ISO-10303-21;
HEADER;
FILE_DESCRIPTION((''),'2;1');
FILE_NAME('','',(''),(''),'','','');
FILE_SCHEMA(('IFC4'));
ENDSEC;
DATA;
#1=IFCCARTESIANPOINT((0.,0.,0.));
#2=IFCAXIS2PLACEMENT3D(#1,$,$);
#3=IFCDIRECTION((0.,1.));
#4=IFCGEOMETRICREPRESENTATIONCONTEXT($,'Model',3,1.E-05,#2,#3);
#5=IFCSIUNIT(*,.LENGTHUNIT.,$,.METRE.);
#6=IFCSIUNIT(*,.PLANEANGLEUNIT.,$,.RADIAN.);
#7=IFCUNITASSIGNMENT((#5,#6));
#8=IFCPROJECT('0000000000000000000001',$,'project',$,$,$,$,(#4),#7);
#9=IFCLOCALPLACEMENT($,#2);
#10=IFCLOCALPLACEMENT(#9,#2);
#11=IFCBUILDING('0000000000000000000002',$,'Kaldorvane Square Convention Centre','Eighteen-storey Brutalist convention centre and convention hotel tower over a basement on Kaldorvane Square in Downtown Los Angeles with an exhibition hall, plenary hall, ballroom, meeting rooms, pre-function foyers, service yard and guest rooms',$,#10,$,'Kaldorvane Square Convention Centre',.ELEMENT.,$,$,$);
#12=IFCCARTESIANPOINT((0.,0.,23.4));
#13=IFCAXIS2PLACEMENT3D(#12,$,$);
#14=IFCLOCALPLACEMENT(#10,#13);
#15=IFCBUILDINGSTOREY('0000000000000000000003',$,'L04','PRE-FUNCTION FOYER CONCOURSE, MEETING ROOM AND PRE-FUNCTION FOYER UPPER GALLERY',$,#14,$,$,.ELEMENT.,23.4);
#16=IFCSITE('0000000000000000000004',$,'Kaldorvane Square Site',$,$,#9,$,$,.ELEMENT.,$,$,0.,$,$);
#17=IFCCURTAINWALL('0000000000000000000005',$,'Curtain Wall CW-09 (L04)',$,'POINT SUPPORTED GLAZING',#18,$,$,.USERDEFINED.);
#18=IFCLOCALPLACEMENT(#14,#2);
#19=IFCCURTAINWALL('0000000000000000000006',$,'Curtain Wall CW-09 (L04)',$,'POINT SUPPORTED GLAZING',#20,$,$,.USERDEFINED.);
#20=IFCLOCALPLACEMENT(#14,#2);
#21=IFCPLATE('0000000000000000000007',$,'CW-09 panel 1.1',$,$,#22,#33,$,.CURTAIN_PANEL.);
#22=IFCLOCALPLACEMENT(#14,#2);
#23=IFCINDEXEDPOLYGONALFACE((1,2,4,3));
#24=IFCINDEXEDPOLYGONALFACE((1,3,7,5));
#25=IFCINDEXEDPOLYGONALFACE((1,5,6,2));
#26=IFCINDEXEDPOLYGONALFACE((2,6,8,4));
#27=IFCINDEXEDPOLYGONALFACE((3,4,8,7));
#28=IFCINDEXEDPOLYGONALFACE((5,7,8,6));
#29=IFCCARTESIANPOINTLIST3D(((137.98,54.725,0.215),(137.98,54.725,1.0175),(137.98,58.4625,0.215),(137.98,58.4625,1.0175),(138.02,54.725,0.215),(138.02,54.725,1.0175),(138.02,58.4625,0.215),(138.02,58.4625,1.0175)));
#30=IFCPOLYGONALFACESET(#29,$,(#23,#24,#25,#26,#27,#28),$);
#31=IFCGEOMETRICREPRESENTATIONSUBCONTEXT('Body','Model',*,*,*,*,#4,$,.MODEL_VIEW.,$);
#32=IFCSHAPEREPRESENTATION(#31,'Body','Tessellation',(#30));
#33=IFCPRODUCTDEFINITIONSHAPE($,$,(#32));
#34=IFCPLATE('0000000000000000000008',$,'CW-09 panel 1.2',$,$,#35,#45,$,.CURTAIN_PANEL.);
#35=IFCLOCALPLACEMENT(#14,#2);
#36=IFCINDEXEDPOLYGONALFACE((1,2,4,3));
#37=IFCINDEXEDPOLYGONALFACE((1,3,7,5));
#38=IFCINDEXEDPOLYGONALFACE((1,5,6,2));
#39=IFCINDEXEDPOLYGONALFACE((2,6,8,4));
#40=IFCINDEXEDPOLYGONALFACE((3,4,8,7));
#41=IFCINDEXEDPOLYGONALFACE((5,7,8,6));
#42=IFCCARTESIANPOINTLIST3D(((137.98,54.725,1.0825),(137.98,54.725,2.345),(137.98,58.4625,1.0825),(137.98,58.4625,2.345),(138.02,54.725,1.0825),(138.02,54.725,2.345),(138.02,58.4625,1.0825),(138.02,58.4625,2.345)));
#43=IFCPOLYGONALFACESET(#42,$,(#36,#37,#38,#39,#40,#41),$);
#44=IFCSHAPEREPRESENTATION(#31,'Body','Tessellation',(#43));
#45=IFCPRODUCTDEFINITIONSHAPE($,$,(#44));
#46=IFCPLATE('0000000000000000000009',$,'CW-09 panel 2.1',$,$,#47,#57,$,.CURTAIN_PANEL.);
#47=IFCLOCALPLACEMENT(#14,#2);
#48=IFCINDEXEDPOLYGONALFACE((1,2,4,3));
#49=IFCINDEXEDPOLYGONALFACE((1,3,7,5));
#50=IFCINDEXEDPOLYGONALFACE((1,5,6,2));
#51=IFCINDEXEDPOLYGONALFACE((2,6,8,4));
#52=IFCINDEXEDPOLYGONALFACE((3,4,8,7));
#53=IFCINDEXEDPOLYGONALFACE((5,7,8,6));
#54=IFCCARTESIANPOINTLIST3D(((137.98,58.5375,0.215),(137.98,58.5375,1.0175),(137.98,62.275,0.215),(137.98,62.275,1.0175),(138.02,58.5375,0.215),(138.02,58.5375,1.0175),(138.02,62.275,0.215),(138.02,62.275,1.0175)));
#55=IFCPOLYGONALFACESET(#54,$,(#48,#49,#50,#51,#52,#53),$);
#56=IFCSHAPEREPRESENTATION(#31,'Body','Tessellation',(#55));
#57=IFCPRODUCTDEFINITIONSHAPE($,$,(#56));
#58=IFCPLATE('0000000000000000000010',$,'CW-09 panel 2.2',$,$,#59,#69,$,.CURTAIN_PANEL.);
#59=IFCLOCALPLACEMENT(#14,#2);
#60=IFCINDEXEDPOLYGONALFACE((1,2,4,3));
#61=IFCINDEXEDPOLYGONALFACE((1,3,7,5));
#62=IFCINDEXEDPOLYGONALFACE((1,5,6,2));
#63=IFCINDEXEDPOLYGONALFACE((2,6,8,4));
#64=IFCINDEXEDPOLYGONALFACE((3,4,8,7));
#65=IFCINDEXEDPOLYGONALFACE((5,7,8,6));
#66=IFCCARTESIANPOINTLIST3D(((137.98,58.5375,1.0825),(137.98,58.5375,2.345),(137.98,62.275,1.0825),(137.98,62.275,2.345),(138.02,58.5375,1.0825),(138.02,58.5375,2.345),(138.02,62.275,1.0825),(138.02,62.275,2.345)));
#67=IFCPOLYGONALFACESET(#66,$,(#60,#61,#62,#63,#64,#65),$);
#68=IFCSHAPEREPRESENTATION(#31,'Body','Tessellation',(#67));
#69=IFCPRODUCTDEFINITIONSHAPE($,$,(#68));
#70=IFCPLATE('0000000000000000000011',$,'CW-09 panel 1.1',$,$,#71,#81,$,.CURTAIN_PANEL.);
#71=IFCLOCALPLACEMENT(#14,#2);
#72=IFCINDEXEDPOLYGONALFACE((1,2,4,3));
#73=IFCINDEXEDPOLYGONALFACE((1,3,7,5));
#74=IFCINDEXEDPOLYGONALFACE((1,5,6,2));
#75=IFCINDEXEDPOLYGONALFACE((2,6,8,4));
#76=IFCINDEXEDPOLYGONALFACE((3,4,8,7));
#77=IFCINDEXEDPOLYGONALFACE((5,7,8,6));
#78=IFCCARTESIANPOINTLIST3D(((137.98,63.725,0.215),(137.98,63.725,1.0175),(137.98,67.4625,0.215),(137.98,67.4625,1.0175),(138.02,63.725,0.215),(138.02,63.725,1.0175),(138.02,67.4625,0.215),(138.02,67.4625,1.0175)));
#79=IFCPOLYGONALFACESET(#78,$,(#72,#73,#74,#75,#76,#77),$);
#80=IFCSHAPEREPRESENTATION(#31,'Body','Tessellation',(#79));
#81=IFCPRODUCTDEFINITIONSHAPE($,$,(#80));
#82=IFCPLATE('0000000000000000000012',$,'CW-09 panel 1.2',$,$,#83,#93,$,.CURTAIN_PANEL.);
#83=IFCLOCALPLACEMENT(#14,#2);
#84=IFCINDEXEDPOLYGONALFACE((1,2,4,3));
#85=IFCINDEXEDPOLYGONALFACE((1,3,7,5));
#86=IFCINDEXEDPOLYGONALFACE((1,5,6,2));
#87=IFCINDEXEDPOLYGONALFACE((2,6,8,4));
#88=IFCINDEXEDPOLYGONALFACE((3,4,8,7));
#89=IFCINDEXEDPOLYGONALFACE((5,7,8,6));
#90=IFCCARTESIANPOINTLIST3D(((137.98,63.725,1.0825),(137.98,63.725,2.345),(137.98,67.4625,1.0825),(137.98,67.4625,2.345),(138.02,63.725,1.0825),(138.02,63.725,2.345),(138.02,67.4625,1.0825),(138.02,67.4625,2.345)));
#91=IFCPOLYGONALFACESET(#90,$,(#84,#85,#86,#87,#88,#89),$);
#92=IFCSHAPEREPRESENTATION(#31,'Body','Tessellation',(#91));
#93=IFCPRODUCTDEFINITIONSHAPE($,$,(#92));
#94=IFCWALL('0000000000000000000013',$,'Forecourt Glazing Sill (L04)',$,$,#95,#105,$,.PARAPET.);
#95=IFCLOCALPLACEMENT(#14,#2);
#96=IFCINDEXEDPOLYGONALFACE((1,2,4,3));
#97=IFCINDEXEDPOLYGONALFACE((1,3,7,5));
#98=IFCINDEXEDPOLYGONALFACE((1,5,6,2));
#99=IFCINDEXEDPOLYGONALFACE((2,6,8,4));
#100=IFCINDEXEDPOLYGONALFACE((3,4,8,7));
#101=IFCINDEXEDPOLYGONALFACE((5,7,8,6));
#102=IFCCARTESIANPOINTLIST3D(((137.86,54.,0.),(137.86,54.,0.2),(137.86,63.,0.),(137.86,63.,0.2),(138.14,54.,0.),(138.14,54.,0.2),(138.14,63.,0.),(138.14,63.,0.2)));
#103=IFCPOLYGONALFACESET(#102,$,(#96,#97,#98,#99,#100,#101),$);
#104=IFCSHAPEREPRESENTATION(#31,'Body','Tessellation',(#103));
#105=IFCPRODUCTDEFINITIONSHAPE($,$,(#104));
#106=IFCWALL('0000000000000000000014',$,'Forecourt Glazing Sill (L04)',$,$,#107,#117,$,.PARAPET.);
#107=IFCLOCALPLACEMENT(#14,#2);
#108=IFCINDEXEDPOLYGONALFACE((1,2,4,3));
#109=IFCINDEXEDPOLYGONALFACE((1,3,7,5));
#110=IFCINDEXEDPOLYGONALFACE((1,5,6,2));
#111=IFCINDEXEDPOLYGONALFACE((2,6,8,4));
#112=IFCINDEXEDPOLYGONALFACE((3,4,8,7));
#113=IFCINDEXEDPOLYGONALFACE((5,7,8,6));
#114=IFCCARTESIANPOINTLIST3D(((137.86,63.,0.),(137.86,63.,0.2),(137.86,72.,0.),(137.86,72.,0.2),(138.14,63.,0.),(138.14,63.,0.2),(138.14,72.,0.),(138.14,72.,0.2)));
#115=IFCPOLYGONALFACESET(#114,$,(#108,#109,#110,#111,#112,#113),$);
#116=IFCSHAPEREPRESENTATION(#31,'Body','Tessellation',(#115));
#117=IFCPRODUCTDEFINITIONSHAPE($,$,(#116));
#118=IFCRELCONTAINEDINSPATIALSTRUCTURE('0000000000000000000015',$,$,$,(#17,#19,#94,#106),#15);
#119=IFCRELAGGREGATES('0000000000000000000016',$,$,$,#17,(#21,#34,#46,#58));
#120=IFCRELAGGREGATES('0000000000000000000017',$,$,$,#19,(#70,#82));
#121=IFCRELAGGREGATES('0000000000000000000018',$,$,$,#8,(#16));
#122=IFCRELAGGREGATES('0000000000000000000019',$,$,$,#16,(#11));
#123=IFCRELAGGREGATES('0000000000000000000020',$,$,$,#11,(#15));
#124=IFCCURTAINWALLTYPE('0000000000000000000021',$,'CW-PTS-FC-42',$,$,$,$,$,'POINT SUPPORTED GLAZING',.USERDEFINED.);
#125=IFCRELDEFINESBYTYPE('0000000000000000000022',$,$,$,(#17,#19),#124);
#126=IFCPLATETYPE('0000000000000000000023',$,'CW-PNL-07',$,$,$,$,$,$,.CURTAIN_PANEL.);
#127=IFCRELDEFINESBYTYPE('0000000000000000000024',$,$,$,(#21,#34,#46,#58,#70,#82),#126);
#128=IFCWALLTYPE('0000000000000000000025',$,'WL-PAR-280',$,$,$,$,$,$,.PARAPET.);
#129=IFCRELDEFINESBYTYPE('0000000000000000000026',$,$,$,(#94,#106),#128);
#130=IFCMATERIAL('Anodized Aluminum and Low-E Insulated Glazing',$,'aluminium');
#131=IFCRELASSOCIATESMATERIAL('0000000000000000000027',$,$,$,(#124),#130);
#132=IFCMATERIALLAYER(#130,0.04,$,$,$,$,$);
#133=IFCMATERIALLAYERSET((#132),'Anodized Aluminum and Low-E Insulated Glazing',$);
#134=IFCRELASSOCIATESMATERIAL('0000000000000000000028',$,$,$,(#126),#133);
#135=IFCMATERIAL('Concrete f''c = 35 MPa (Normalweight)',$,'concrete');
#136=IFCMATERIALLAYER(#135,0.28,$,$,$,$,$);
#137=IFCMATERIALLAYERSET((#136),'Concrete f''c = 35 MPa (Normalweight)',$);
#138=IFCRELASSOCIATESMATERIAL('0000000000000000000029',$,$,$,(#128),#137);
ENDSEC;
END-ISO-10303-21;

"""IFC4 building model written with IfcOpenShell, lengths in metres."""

from ifc_helpers import new_model, si_unit, direction, frame, frame_2d, origin, origin_2d, place, context, subcontext, project, spatial, rectangle, extrude, material, layer, layer_set, type_object, element, aggregate, save


model = new_model("IFC4")

# Units and contexts
model_context = context("Model", 3, precision=1e-05, world=origin(), true_north=direction((0.0, 1.0)))
body_context = subcontext(model_context, "Body", "Model", "MODEL_VIEW")
ifc_project = project(units=[si_unit("LENGTHUNIT", "METRE"), si_unit("PLANEANGLEUNIT", "RADIAN")], contexts=[model_context])

# Site, building, storey
site_placement = place(None, origin())
site = spatial("IfcSite", under=ifc_project, at=site_placement, Name="Kaldorvane Square Site", CompositionType="ELEMENT", RefElevation=0.0)
building_placement = place(site_placement, origin())
building = spatial("IfcBuilding", under=site, at=building_placement, Name="Kaldorvane Square Convention Centre", Description="Eighteen-storey Brutalist convention centre and convention hotel tower over a basement on Kaldorvane Square in Downtown Los Angeles with an exhibition hall, plenary hall, ballroom, meeting rooms, pre-function foyers, service yard and guest rooms", LongName="Kaldorvane Square Convention Centre", CompositionType="ELEMENT")
storey_placement = place(building_placement, frame((0.0, 0.0, 23.4)))
storey = spatial("IfcBuildingStorey", under=building, at=storey_placement, Name="L04", Description="PRE-FUNCTION FOYER CONCOURSE, MEETING ROOM AND PRE-FUNCTION FOYER UPPER GALLERY", CompositionType="ELEMENT", Elevation=23.4)

# Shared definitions
ifc_material_1 = material(Name="Anodized Aluminum and Low-E Insulated Glazing", Category="aluminium")
curtain_wall_type = type_object("IfcCurtainWallType", Name="CW-PTS-FC-42", ElementType="POINT SUPPORTED GLAZING", PredefinedType="USERDEFINED", material=ifc_material_1)

# Curtain wall
curtain_wall_1_placement = place(storey_placement, origin())
curtain_wall_1 = element("IfcCurtainWall", 1, at=curtain_wall_1_placement, inside=storey, type_object=curtain_wall_type, Name="Curtain Wall CW-09 (L04)", ObjectType="POINT SUPPORTED GLAZING", PredefinedType="USERDEFINED")

# Curtain wall
curtain_wall_2_placement = place(storey_placement, origin())
curtain_wall_2 = element("IfcCurtainWall", 2, at=curtain_wall_2_placement, inside=storey, type_object=curtain_wall_type, Name="Curtain Wall CW-09 (L04)", ObjectType="POINT SUPPORTED GLAZING", PredefinedType="USERDEFINED")

# Plates
ifc_layer_1 = layer(ifc_material_1, 0.04)
ifc_layer_set_1 = layer_set([ifc_layer_1], Name="Anodized Aluminum and Low-E Insulated Glazing")
plate_type = type_object("IfcPlateType", Name="CW-PNL-07", PredefinedType="CURTAIN_PANEL", material=ifc_layer_set_1)
plate_1_placement = place(storey_placement, frame((138.0, 56.5938, 0.215), z_axis=(0.0, 0.0, 1.0), x_axis=(0.0, 1.0, 0.0)))
plate_1 = element("IfcPlate", 3, at=plate_1_placement, type_object=plate_type, Name="CW-09 panel 1.1", PredefinedType="CURTAIN_PANEL", context=body_context, shape_type="SweptSolid", body=[
    extrude(rectangle(XDim=3.7375, YDim=0.04, at=origin_2d()), origin(), (0.0, 0.0, 1.0), 0.8025),
])
plate_2_placement = place(storey_placement, frame((138.0, 56.5938, 1.0825), z_axis=(0.0, 0.0, 1.0), x_axis=(0.0, 1.0, 0.0)))
plate_2 = element("IfcPlate", 4, at=plate_2_placement, type_object=plate_type, Name="CW-09 panel 1.2", PredefinedType="CURTAIN_PANEL", context=body_context, shape_type="SweptSolid", body=[
    extrude(rectangle(XDim=3.7375, YDim=0.04, at=origin_2d()), origin(), (0.0, 0.0, 1.0), 1.2625),
])
plate_3_placement = place(storey_placement, frame((138.0, 60.4062, 0.215), z_axis=(0.0, 0.0, 1.0), x_axis=(0.0, 1.0, 0.0)))
plate_3 = element("IfcPlate", 5, at=plate_3_placement, type_object=plate_type, Name="CW-09 panel 2.1", PredefinedType="CURTAIN_PANEL", context=body_context, shape_type="SweptSolid", body=[
    extrude(rectangle(XDim=3.7375, YDim=0.04, at=origin_2d()), origin(), (0.0, 0.0, 1.0), 0.8025),
])
plate_4_placement = place(storey_placement, frame((138.0, 60.4062, 1.0825), z_axis=(0.0, 0.0, 1.0), x_axis=(0.0, 1.0, 0.0)))
plate_4 = element("IfcPlate", 6, at=plate_4_placement, type_object=plate_type, Name="CW-09 panel 2.2", PredefinedType="CURTAIN_PANEL", context=body_context, shape_type="SweptSolid", body=[
    extrude(rectangle(XDim=3.7375, YDim=0.04, at=origin_2d()), origin(), (0.0, 0.0, 1.0), 1.2625),
])
aggregate(curtain_wall_1, [plate_1, plate_2, plate_3, plate_4])
plate_5_placement = place(storey_placement, frame((138.0, 65.5938, 0.215), z_axis=(0.0, 0.0, 1.0), x_axis=(0.0, 1.0, 0.0)))
plate_5 = element("IfcPlate", 7, at=plate_5_placement, type_object=plate_type, Name="CW-09 panel 1.1", PredefinedType="CURTAIN_PANEL", context=body_context, shape_type="SweptSolid", body=[
    extrude(rectangle(XDim=3.7375, YDim=0.04, at=origin_2d()), origin(), (0.0, 0.0, 1.0), 0.8025),
])
plate_6_placement = place(storey_placement, frame((138.0, 65.5938, 1.0825), z_axis=(0.0, 0.0, 1.0), x_axis=(0.0, 1.0, 0.0)))
plate_6 = element("IfcPlate", 8, at=plate_6_placement, type_object=plate_type, Name="CW-09 panel 1.2", PredefinedType="CURTAIN_PANEL", context=body_context, shape_type="SweptSolid", body=[
    extrude(rectangle(XDim=3.7375, YDim=0.04, at=origin_2d()), origin(), (0.0, 0.0, 1.0), 1.2625),
])
aggregate(curtain_wall_2, [plate_5, plate_6])

# Walls
ifc_material_2 = material(Name="Concrete f'c = 35 MPa (Normalweight)", Category="concrete")
ifc_layer_2 = layer(ifc_material_2, 0.28)
ifc_layer_set_2 = layer_set([ifc_layer_2], Name="Concrete f'c = 35 MPa (Normalweight)")
wall_type = type_object("IfcWallType", Name="WL-PAR-280", PredefinedType="PARAPET", material=ifc_layer_set_2)
for number, where, z_axis, x_axis, name in (
    (9, (138.0, 54.0, 0.0), (0.0, 0.0, 1.0), (0.0, 1.0, 0.0), "Forecourt Glazing Sill (L04)"),
    (10, (138.0, 63.0, 0.0), (0.0, 0.0, 1.0), (0.0, 1.0, 0.0), "Forecourt Glazing Sill (L04)"),
):
    element("IfcWall", number, at=place(storey_placement, frame(where, z_axis=z_axis, x_axis=x_axis)), inside=storey, type_object=wall_type, Name=name, PredefinedType="PARAPET", context=body_context, shape_type="SweptSolid", body=[
        extrude(rectangle(XDim=9.0, YDim=0.28, at=frame_2d((4.5, 0.0))), origin(), (0.0, 0.0, 1.0), 0.2),
    ])

save(model, "model.ifc")
